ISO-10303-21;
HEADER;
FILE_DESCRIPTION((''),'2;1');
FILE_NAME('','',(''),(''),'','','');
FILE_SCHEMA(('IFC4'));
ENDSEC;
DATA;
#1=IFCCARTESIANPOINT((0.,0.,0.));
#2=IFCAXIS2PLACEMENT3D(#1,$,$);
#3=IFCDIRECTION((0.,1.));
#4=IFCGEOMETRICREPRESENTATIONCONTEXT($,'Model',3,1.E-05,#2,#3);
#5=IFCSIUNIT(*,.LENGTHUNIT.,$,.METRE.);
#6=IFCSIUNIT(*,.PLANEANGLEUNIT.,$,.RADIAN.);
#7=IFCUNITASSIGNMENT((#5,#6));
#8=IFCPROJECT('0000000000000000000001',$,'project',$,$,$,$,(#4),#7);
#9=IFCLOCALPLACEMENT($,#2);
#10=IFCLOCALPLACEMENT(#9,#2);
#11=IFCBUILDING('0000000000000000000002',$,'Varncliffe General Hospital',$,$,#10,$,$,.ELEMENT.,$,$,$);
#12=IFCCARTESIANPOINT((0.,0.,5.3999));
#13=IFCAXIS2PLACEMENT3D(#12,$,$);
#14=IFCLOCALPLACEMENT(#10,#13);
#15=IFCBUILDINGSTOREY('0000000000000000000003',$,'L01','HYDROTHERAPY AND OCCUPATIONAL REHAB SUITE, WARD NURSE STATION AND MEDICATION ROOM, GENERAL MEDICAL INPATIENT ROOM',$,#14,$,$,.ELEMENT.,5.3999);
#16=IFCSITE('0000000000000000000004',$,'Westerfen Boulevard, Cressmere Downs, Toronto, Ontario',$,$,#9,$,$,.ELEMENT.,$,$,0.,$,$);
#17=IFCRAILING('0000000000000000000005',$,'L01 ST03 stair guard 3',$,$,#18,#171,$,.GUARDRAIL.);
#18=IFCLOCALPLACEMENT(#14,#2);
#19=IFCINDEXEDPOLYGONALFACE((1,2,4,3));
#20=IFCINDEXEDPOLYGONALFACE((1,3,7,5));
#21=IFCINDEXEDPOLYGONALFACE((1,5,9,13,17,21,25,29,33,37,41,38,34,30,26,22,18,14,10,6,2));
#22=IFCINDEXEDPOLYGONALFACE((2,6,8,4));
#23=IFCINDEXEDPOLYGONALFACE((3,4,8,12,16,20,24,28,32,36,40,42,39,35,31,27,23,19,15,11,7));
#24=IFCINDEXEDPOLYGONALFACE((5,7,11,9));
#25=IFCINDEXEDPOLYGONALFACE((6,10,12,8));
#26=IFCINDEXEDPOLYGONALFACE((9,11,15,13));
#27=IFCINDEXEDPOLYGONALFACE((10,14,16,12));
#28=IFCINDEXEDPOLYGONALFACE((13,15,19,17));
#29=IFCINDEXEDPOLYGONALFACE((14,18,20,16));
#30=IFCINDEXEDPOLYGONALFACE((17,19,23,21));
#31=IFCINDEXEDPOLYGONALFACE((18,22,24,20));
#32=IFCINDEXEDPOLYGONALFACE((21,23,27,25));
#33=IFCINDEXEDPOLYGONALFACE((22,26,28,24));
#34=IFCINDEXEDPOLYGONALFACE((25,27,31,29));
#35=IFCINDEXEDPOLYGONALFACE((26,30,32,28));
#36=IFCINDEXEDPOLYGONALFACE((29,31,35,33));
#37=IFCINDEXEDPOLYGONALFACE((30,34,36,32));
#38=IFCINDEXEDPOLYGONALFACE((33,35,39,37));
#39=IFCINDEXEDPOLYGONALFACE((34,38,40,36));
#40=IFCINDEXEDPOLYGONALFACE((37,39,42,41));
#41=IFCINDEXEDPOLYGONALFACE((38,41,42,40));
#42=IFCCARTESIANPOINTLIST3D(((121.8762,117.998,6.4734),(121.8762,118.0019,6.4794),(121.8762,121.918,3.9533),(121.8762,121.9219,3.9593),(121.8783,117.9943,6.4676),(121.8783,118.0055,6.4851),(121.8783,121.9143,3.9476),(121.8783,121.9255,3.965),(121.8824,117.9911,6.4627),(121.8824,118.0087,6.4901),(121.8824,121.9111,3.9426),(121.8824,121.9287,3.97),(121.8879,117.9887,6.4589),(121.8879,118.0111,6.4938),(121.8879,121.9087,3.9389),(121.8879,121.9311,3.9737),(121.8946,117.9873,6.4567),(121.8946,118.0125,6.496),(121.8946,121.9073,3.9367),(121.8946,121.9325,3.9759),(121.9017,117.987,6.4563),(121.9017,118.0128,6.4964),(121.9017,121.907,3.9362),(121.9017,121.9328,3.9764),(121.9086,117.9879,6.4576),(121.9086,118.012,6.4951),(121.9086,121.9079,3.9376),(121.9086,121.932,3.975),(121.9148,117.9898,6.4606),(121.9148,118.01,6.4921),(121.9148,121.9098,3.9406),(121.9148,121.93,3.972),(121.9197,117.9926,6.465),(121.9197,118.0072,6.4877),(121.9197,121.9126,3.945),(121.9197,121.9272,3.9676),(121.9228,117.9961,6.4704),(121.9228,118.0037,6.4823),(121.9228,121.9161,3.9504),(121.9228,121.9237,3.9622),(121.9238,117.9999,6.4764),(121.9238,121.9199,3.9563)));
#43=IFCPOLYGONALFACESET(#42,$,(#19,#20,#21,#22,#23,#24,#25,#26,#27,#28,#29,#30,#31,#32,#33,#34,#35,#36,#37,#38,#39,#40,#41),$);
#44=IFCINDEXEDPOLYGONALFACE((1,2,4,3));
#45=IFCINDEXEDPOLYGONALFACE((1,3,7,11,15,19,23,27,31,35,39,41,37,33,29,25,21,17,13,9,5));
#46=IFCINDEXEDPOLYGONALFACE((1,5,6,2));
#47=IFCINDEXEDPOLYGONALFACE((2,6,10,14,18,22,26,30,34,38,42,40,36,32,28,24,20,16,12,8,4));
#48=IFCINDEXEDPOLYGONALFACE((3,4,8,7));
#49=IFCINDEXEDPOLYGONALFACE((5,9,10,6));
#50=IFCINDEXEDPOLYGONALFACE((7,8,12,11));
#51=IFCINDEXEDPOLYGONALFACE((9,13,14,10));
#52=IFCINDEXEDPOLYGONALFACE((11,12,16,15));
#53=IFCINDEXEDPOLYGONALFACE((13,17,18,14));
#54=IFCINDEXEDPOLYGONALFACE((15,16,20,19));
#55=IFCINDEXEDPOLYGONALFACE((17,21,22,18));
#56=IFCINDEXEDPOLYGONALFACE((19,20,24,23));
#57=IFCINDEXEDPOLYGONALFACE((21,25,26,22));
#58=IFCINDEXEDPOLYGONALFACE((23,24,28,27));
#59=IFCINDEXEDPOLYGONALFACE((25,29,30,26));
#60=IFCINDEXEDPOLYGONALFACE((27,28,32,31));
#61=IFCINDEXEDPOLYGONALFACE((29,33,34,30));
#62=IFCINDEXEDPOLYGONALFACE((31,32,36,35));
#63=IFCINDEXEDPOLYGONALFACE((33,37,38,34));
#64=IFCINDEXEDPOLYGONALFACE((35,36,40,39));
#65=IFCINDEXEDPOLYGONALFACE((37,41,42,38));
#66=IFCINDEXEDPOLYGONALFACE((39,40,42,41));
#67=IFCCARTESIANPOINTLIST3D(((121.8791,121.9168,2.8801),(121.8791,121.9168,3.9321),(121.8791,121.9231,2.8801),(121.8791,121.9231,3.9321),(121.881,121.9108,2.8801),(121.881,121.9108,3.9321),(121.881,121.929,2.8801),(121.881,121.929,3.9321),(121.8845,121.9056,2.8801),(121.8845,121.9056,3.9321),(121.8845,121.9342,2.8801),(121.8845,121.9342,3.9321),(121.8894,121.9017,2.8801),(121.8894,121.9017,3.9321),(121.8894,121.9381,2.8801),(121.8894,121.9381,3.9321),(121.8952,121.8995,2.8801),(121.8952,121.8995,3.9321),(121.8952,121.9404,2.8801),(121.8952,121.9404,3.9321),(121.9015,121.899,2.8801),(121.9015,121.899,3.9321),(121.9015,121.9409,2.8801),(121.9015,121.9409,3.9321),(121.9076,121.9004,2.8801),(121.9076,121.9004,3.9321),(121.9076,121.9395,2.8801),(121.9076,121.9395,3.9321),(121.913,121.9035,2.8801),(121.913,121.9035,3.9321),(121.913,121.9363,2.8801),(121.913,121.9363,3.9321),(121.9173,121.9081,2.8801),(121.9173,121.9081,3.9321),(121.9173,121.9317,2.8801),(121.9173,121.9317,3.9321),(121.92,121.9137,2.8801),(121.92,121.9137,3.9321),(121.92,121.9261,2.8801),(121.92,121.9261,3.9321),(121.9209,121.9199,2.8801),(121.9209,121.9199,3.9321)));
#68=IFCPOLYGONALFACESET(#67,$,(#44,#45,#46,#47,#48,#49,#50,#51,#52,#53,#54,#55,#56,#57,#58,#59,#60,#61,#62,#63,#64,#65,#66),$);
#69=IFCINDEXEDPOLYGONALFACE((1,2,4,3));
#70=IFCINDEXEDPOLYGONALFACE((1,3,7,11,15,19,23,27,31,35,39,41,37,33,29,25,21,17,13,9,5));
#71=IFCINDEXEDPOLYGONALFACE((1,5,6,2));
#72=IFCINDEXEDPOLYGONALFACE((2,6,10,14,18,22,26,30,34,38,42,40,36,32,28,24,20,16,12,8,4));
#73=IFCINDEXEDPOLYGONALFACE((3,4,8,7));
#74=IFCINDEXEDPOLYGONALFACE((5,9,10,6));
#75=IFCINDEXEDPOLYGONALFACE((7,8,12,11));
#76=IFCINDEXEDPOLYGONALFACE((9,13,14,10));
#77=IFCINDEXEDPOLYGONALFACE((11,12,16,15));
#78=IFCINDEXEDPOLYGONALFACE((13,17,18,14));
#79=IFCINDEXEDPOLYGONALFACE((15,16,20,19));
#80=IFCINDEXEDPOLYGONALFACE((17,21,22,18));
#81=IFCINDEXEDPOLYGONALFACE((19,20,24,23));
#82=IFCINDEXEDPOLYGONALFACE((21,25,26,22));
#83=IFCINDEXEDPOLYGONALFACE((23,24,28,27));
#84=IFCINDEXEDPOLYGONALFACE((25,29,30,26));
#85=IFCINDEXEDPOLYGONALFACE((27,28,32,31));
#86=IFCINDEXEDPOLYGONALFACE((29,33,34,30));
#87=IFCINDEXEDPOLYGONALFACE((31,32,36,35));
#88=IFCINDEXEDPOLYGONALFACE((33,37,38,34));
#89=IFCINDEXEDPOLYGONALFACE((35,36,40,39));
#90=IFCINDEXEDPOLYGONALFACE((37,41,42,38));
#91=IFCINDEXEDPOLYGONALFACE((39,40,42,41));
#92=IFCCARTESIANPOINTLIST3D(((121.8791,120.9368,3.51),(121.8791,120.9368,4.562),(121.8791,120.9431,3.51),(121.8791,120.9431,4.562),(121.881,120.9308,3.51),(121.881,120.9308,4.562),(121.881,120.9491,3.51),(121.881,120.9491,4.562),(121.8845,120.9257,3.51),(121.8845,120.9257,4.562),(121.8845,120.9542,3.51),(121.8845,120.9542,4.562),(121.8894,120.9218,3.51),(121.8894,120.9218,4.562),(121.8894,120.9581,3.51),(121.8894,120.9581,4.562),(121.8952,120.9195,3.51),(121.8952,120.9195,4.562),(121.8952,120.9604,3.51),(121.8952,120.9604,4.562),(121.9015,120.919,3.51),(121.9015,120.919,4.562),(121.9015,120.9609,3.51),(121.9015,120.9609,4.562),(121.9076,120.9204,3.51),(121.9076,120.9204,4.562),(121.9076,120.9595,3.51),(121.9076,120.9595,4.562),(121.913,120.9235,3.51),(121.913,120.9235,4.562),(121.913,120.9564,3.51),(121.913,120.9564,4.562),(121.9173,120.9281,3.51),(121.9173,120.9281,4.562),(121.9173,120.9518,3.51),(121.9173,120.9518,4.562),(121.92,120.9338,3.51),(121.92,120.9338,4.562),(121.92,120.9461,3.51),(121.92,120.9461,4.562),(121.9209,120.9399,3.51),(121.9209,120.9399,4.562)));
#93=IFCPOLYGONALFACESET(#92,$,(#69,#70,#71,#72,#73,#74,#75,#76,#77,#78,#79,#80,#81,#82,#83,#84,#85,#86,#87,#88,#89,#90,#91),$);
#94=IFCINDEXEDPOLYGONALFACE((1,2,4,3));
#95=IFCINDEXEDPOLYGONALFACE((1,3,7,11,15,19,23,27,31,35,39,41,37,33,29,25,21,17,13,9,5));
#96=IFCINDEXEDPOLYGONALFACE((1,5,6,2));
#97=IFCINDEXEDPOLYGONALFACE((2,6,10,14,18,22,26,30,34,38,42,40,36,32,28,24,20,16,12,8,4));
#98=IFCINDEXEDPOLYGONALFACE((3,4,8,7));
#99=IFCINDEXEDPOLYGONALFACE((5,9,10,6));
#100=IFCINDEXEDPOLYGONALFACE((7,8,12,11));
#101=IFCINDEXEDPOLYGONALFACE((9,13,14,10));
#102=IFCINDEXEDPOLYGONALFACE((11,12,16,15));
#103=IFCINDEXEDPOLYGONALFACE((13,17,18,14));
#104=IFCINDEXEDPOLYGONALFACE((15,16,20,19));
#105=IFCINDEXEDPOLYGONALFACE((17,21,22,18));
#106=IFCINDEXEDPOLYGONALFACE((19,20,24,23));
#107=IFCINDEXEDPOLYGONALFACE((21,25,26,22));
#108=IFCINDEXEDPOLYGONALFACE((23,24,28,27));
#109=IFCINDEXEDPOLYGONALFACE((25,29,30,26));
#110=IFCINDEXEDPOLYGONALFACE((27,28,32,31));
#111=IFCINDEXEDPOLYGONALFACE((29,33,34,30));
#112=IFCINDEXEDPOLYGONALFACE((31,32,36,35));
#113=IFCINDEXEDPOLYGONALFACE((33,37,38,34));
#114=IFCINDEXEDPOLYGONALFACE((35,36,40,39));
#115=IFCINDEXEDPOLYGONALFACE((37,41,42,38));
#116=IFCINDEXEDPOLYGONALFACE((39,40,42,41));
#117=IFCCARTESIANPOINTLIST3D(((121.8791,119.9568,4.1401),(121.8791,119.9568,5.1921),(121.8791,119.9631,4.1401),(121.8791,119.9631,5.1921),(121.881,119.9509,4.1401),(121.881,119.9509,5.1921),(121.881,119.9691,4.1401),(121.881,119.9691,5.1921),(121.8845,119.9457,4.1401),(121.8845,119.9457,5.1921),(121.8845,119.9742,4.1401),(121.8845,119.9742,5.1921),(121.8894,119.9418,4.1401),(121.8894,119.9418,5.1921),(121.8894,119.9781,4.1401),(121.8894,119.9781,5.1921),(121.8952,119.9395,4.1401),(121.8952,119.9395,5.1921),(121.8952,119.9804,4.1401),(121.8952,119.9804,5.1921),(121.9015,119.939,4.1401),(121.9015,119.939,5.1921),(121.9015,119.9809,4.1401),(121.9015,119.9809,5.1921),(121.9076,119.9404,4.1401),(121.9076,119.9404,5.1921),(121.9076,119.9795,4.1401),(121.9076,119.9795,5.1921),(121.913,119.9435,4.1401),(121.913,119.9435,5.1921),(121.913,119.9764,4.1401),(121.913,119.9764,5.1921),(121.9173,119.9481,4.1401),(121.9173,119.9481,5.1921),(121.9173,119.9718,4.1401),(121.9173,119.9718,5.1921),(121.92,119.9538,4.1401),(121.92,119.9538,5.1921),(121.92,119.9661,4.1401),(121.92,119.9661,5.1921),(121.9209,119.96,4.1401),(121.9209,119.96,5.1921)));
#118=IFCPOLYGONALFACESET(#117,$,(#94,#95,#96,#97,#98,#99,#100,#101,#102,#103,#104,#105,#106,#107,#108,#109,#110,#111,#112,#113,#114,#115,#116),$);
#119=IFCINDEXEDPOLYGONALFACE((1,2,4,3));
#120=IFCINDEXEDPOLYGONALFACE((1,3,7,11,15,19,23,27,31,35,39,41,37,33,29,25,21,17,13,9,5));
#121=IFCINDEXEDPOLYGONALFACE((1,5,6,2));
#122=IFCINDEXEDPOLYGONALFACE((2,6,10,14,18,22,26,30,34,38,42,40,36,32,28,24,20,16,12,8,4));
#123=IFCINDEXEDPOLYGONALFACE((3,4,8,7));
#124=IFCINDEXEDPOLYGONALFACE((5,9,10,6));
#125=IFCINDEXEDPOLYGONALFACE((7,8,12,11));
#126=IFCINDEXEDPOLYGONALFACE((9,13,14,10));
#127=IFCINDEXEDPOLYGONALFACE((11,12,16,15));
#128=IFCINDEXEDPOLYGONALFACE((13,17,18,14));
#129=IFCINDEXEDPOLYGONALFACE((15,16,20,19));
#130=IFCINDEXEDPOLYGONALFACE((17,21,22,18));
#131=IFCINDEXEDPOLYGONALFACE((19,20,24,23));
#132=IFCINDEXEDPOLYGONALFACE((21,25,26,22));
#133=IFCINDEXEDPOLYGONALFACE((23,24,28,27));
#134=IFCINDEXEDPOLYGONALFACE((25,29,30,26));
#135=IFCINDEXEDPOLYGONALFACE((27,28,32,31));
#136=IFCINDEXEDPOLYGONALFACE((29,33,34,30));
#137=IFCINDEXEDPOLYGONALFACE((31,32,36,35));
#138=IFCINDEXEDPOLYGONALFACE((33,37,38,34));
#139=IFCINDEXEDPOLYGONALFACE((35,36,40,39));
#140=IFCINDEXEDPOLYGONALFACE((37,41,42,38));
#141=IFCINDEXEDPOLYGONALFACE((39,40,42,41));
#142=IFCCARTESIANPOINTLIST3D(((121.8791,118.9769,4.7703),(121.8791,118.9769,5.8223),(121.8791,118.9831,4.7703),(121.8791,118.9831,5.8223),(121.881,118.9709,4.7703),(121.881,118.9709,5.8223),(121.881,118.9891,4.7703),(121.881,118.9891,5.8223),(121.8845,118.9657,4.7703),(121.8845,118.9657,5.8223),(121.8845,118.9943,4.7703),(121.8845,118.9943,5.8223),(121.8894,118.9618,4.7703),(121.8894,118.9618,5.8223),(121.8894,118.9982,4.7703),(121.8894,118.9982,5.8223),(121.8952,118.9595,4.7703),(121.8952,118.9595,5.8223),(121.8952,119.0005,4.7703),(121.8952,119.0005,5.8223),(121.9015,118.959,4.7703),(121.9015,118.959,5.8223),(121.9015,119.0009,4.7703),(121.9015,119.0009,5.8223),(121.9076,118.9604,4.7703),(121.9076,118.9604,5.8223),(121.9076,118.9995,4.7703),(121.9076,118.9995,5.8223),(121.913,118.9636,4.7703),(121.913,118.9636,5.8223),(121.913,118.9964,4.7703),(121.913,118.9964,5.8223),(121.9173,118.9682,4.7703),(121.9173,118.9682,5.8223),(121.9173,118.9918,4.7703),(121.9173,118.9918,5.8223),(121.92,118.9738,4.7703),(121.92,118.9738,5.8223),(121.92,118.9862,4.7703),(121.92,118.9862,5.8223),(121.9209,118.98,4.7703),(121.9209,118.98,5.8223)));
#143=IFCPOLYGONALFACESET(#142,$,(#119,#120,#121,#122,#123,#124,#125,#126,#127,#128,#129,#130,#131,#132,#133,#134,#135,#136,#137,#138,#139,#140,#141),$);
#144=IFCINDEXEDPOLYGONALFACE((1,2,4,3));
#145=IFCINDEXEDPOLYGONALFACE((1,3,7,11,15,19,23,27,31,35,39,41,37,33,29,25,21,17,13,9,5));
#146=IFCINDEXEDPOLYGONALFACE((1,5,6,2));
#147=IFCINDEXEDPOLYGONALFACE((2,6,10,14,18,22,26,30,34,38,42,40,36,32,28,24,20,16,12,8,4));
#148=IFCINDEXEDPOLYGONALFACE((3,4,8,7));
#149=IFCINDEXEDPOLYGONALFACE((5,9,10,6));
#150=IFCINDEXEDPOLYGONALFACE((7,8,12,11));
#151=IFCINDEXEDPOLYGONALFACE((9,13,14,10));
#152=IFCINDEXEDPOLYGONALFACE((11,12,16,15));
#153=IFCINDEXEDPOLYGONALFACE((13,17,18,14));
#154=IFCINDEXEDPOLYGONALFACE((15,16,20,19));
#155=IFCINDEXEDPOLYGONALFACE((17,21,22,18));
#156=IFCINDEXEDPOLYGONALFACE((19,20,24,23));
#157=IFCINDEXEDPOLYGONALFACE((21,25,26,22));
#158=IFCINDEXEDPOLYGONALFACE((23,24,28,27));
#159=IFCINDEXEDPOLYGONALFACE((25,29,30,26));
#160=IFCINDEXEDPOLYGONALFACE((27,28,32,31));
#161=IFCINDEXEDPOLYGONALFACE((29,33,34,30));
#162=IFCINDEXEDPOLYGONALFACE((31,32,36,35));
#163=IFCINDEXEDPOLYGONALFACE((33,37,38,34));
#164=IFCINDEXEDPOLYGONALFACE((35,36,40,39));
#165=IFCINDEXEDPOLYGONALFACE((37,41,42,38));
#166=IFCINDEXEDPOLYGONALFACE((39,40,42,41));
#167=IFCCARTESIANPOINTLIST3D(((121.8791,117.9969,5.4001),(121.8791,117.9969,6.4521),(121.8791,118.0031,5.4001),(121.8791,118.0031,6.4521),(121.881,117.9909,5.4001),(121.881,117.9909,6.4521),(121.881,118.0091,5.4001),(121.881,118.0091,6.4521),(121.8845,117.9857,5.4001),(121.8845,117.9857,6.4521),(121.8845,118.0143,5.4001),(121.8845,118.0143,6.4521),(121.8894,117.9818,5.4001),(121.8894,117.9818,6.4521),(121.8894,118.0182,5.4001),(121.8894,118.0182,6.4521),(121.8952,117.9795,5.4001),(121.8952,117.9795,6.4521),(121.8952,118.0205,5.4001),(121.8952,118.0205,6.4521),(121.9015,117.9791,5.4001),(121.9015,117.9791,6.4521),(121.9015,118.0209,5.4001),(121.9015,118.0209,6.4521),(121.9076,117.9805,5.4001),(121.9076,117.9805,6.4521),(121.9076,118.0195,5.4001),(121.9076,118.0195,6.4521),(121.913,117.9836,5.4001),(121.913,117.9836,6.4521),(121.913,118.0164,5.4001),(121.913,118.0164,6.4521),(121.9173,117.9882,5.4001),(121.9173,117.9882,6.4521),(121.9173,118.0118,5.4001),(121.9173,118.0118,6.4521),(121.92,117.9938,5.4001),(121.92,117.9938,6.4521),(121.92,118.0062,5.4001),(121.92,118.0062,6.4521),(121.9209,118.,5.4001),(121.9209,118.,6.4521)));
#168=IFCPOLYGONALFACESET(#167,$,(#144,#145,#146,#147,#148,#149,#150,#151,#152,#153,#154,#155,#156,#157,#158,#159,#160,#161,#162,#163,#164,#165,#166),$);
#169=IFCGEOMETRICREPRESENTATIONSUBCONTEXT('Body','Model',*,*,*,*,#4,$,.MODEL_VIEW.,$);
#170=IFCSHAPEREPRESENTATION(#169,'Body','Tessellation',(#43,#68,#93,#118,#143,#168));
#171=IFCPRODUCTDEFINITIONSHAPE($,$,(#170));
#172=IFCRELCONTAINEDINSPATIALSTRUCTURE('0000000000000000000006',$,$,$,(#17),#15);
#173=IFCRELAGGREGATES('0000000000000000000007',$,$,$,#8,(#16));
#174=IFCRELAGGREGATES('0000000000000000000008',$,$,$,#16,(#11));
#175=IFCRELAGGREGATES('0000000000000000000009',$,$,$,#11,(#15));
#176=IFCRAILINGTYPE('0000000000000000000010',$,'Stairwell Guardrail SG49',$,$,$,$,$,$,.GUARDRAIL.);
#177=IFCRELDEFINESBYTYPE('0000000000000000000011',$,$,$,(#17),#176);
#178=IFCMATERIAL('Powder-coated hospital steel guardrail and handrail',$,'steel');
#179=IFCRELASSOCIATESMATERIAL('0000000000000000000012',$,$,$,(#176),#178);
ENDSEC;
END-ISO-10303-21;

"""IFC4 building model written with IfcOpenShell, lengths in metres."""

from ifc_helpers import new_model, si_unit, direction, frame, origin, origin_2d, place, context, subcontext, project, spatial, circle, extrude, material, type_object, element, save


model = new_model("IFC4")

# Units and contexts
model_context = context("Model", 3, precision=1e-05, world=origin(), true_north=direction((0.0, 1.0)))
body_context = subcontext(model_context, "Body", "Model", "MODEL_VIEW")
ifc_project = project(units=[si_unit("LENGTHUNIT", "METRE"), si_unit("PLANEANGLEUNIT", "RADIAN")], contexts=[model_context])

# Site, building, storey
site_placement = place(None, origin())
site = spatial("IfcSite", under=ifc_project, at=site_placement, Name="Westerfen Boulevard, Cressmere Downs, Toronto, Ontario", CompositionType="ELEMENT", RefElevation=0.0)
building_placement = place(site_placement, origin())
building = spatial("IfcBuilding", under=site, at=building_placement, Name="Varncliffe General Hospital", CompositionType="ELEMENT")
storey_placement = place(building_placement, frame((0.0, 0.0, 5.3999)))
storey = spatial("IfcBuildingStorey", under=building, at=storey_placement, Name="L01", Description="HYDROTHERAPY AND OCCUPATIONAL REHAB SUITE, WARD NURSE STATION AND MEDICATION ROOM, GENERAL MEDICAL INPATIENT ROOM", CompositionType="ELEMENT", Elevation=5.3999)

# Railing
ifc_material_1 = material(Name="Powder-coated hospital steel guardrail and handrail", Category="steel")
railing_type_1 = type_object("IfcRailingType", Name="Stairwell Guardrail SG49", PredefinedType="GUARDRAIL", material=ifc_material_1)
railing_1_placement = place(storey_placement, frame((121.8999, 121.9199, 2.8801)))
element("IfcRailing", 1, at=railing_1_placement, inside=storey, type_object=railing_type_1, Name="L01 ST03 stair guard 3", PredefinedType="GUARDRAIL", context=body_context, shape_type="SweptSolid", body=[
    extrude(circle(Radius=0.0239, at=origin_2d()), frame((0.0, 0.0, 1.0762), z_axis=(0.0, -0.841172, 0.540768), x_axis=(1.0, 0.0, 0.0)), (0.0, 0.0, 1.0), 4.6602),
    extrude(circle(Radius=0.021, at=origin_2d()), origin(), (0.0, 0.0, 1.0), 1.052),
    extrude(circle(Radius=0.021, at=origin_2d()), frame((0.0, -0.98, 0.6299)), (0.0, 0.0, 1.0), 1.052),
    extrude(circle(Radius=0.021, at=origin_2d()), frame((0.0, -1.96, 1.26)), (0.0, 0.0, 1.0), 1.052),
    extrude(circle(Radius=0.021, at=origin_2d()), frame((0.0, -2.9399, 1.8901)), (0.0, 0.0, 1.0), 1.052),
    extrude(circle(Radius=0.021, at=origin_2d()), frame((0.0, -3.9199, 2.52)), (0.0, 0.0, 1.0), 1.052),
])

save(model, "model.ifc")
